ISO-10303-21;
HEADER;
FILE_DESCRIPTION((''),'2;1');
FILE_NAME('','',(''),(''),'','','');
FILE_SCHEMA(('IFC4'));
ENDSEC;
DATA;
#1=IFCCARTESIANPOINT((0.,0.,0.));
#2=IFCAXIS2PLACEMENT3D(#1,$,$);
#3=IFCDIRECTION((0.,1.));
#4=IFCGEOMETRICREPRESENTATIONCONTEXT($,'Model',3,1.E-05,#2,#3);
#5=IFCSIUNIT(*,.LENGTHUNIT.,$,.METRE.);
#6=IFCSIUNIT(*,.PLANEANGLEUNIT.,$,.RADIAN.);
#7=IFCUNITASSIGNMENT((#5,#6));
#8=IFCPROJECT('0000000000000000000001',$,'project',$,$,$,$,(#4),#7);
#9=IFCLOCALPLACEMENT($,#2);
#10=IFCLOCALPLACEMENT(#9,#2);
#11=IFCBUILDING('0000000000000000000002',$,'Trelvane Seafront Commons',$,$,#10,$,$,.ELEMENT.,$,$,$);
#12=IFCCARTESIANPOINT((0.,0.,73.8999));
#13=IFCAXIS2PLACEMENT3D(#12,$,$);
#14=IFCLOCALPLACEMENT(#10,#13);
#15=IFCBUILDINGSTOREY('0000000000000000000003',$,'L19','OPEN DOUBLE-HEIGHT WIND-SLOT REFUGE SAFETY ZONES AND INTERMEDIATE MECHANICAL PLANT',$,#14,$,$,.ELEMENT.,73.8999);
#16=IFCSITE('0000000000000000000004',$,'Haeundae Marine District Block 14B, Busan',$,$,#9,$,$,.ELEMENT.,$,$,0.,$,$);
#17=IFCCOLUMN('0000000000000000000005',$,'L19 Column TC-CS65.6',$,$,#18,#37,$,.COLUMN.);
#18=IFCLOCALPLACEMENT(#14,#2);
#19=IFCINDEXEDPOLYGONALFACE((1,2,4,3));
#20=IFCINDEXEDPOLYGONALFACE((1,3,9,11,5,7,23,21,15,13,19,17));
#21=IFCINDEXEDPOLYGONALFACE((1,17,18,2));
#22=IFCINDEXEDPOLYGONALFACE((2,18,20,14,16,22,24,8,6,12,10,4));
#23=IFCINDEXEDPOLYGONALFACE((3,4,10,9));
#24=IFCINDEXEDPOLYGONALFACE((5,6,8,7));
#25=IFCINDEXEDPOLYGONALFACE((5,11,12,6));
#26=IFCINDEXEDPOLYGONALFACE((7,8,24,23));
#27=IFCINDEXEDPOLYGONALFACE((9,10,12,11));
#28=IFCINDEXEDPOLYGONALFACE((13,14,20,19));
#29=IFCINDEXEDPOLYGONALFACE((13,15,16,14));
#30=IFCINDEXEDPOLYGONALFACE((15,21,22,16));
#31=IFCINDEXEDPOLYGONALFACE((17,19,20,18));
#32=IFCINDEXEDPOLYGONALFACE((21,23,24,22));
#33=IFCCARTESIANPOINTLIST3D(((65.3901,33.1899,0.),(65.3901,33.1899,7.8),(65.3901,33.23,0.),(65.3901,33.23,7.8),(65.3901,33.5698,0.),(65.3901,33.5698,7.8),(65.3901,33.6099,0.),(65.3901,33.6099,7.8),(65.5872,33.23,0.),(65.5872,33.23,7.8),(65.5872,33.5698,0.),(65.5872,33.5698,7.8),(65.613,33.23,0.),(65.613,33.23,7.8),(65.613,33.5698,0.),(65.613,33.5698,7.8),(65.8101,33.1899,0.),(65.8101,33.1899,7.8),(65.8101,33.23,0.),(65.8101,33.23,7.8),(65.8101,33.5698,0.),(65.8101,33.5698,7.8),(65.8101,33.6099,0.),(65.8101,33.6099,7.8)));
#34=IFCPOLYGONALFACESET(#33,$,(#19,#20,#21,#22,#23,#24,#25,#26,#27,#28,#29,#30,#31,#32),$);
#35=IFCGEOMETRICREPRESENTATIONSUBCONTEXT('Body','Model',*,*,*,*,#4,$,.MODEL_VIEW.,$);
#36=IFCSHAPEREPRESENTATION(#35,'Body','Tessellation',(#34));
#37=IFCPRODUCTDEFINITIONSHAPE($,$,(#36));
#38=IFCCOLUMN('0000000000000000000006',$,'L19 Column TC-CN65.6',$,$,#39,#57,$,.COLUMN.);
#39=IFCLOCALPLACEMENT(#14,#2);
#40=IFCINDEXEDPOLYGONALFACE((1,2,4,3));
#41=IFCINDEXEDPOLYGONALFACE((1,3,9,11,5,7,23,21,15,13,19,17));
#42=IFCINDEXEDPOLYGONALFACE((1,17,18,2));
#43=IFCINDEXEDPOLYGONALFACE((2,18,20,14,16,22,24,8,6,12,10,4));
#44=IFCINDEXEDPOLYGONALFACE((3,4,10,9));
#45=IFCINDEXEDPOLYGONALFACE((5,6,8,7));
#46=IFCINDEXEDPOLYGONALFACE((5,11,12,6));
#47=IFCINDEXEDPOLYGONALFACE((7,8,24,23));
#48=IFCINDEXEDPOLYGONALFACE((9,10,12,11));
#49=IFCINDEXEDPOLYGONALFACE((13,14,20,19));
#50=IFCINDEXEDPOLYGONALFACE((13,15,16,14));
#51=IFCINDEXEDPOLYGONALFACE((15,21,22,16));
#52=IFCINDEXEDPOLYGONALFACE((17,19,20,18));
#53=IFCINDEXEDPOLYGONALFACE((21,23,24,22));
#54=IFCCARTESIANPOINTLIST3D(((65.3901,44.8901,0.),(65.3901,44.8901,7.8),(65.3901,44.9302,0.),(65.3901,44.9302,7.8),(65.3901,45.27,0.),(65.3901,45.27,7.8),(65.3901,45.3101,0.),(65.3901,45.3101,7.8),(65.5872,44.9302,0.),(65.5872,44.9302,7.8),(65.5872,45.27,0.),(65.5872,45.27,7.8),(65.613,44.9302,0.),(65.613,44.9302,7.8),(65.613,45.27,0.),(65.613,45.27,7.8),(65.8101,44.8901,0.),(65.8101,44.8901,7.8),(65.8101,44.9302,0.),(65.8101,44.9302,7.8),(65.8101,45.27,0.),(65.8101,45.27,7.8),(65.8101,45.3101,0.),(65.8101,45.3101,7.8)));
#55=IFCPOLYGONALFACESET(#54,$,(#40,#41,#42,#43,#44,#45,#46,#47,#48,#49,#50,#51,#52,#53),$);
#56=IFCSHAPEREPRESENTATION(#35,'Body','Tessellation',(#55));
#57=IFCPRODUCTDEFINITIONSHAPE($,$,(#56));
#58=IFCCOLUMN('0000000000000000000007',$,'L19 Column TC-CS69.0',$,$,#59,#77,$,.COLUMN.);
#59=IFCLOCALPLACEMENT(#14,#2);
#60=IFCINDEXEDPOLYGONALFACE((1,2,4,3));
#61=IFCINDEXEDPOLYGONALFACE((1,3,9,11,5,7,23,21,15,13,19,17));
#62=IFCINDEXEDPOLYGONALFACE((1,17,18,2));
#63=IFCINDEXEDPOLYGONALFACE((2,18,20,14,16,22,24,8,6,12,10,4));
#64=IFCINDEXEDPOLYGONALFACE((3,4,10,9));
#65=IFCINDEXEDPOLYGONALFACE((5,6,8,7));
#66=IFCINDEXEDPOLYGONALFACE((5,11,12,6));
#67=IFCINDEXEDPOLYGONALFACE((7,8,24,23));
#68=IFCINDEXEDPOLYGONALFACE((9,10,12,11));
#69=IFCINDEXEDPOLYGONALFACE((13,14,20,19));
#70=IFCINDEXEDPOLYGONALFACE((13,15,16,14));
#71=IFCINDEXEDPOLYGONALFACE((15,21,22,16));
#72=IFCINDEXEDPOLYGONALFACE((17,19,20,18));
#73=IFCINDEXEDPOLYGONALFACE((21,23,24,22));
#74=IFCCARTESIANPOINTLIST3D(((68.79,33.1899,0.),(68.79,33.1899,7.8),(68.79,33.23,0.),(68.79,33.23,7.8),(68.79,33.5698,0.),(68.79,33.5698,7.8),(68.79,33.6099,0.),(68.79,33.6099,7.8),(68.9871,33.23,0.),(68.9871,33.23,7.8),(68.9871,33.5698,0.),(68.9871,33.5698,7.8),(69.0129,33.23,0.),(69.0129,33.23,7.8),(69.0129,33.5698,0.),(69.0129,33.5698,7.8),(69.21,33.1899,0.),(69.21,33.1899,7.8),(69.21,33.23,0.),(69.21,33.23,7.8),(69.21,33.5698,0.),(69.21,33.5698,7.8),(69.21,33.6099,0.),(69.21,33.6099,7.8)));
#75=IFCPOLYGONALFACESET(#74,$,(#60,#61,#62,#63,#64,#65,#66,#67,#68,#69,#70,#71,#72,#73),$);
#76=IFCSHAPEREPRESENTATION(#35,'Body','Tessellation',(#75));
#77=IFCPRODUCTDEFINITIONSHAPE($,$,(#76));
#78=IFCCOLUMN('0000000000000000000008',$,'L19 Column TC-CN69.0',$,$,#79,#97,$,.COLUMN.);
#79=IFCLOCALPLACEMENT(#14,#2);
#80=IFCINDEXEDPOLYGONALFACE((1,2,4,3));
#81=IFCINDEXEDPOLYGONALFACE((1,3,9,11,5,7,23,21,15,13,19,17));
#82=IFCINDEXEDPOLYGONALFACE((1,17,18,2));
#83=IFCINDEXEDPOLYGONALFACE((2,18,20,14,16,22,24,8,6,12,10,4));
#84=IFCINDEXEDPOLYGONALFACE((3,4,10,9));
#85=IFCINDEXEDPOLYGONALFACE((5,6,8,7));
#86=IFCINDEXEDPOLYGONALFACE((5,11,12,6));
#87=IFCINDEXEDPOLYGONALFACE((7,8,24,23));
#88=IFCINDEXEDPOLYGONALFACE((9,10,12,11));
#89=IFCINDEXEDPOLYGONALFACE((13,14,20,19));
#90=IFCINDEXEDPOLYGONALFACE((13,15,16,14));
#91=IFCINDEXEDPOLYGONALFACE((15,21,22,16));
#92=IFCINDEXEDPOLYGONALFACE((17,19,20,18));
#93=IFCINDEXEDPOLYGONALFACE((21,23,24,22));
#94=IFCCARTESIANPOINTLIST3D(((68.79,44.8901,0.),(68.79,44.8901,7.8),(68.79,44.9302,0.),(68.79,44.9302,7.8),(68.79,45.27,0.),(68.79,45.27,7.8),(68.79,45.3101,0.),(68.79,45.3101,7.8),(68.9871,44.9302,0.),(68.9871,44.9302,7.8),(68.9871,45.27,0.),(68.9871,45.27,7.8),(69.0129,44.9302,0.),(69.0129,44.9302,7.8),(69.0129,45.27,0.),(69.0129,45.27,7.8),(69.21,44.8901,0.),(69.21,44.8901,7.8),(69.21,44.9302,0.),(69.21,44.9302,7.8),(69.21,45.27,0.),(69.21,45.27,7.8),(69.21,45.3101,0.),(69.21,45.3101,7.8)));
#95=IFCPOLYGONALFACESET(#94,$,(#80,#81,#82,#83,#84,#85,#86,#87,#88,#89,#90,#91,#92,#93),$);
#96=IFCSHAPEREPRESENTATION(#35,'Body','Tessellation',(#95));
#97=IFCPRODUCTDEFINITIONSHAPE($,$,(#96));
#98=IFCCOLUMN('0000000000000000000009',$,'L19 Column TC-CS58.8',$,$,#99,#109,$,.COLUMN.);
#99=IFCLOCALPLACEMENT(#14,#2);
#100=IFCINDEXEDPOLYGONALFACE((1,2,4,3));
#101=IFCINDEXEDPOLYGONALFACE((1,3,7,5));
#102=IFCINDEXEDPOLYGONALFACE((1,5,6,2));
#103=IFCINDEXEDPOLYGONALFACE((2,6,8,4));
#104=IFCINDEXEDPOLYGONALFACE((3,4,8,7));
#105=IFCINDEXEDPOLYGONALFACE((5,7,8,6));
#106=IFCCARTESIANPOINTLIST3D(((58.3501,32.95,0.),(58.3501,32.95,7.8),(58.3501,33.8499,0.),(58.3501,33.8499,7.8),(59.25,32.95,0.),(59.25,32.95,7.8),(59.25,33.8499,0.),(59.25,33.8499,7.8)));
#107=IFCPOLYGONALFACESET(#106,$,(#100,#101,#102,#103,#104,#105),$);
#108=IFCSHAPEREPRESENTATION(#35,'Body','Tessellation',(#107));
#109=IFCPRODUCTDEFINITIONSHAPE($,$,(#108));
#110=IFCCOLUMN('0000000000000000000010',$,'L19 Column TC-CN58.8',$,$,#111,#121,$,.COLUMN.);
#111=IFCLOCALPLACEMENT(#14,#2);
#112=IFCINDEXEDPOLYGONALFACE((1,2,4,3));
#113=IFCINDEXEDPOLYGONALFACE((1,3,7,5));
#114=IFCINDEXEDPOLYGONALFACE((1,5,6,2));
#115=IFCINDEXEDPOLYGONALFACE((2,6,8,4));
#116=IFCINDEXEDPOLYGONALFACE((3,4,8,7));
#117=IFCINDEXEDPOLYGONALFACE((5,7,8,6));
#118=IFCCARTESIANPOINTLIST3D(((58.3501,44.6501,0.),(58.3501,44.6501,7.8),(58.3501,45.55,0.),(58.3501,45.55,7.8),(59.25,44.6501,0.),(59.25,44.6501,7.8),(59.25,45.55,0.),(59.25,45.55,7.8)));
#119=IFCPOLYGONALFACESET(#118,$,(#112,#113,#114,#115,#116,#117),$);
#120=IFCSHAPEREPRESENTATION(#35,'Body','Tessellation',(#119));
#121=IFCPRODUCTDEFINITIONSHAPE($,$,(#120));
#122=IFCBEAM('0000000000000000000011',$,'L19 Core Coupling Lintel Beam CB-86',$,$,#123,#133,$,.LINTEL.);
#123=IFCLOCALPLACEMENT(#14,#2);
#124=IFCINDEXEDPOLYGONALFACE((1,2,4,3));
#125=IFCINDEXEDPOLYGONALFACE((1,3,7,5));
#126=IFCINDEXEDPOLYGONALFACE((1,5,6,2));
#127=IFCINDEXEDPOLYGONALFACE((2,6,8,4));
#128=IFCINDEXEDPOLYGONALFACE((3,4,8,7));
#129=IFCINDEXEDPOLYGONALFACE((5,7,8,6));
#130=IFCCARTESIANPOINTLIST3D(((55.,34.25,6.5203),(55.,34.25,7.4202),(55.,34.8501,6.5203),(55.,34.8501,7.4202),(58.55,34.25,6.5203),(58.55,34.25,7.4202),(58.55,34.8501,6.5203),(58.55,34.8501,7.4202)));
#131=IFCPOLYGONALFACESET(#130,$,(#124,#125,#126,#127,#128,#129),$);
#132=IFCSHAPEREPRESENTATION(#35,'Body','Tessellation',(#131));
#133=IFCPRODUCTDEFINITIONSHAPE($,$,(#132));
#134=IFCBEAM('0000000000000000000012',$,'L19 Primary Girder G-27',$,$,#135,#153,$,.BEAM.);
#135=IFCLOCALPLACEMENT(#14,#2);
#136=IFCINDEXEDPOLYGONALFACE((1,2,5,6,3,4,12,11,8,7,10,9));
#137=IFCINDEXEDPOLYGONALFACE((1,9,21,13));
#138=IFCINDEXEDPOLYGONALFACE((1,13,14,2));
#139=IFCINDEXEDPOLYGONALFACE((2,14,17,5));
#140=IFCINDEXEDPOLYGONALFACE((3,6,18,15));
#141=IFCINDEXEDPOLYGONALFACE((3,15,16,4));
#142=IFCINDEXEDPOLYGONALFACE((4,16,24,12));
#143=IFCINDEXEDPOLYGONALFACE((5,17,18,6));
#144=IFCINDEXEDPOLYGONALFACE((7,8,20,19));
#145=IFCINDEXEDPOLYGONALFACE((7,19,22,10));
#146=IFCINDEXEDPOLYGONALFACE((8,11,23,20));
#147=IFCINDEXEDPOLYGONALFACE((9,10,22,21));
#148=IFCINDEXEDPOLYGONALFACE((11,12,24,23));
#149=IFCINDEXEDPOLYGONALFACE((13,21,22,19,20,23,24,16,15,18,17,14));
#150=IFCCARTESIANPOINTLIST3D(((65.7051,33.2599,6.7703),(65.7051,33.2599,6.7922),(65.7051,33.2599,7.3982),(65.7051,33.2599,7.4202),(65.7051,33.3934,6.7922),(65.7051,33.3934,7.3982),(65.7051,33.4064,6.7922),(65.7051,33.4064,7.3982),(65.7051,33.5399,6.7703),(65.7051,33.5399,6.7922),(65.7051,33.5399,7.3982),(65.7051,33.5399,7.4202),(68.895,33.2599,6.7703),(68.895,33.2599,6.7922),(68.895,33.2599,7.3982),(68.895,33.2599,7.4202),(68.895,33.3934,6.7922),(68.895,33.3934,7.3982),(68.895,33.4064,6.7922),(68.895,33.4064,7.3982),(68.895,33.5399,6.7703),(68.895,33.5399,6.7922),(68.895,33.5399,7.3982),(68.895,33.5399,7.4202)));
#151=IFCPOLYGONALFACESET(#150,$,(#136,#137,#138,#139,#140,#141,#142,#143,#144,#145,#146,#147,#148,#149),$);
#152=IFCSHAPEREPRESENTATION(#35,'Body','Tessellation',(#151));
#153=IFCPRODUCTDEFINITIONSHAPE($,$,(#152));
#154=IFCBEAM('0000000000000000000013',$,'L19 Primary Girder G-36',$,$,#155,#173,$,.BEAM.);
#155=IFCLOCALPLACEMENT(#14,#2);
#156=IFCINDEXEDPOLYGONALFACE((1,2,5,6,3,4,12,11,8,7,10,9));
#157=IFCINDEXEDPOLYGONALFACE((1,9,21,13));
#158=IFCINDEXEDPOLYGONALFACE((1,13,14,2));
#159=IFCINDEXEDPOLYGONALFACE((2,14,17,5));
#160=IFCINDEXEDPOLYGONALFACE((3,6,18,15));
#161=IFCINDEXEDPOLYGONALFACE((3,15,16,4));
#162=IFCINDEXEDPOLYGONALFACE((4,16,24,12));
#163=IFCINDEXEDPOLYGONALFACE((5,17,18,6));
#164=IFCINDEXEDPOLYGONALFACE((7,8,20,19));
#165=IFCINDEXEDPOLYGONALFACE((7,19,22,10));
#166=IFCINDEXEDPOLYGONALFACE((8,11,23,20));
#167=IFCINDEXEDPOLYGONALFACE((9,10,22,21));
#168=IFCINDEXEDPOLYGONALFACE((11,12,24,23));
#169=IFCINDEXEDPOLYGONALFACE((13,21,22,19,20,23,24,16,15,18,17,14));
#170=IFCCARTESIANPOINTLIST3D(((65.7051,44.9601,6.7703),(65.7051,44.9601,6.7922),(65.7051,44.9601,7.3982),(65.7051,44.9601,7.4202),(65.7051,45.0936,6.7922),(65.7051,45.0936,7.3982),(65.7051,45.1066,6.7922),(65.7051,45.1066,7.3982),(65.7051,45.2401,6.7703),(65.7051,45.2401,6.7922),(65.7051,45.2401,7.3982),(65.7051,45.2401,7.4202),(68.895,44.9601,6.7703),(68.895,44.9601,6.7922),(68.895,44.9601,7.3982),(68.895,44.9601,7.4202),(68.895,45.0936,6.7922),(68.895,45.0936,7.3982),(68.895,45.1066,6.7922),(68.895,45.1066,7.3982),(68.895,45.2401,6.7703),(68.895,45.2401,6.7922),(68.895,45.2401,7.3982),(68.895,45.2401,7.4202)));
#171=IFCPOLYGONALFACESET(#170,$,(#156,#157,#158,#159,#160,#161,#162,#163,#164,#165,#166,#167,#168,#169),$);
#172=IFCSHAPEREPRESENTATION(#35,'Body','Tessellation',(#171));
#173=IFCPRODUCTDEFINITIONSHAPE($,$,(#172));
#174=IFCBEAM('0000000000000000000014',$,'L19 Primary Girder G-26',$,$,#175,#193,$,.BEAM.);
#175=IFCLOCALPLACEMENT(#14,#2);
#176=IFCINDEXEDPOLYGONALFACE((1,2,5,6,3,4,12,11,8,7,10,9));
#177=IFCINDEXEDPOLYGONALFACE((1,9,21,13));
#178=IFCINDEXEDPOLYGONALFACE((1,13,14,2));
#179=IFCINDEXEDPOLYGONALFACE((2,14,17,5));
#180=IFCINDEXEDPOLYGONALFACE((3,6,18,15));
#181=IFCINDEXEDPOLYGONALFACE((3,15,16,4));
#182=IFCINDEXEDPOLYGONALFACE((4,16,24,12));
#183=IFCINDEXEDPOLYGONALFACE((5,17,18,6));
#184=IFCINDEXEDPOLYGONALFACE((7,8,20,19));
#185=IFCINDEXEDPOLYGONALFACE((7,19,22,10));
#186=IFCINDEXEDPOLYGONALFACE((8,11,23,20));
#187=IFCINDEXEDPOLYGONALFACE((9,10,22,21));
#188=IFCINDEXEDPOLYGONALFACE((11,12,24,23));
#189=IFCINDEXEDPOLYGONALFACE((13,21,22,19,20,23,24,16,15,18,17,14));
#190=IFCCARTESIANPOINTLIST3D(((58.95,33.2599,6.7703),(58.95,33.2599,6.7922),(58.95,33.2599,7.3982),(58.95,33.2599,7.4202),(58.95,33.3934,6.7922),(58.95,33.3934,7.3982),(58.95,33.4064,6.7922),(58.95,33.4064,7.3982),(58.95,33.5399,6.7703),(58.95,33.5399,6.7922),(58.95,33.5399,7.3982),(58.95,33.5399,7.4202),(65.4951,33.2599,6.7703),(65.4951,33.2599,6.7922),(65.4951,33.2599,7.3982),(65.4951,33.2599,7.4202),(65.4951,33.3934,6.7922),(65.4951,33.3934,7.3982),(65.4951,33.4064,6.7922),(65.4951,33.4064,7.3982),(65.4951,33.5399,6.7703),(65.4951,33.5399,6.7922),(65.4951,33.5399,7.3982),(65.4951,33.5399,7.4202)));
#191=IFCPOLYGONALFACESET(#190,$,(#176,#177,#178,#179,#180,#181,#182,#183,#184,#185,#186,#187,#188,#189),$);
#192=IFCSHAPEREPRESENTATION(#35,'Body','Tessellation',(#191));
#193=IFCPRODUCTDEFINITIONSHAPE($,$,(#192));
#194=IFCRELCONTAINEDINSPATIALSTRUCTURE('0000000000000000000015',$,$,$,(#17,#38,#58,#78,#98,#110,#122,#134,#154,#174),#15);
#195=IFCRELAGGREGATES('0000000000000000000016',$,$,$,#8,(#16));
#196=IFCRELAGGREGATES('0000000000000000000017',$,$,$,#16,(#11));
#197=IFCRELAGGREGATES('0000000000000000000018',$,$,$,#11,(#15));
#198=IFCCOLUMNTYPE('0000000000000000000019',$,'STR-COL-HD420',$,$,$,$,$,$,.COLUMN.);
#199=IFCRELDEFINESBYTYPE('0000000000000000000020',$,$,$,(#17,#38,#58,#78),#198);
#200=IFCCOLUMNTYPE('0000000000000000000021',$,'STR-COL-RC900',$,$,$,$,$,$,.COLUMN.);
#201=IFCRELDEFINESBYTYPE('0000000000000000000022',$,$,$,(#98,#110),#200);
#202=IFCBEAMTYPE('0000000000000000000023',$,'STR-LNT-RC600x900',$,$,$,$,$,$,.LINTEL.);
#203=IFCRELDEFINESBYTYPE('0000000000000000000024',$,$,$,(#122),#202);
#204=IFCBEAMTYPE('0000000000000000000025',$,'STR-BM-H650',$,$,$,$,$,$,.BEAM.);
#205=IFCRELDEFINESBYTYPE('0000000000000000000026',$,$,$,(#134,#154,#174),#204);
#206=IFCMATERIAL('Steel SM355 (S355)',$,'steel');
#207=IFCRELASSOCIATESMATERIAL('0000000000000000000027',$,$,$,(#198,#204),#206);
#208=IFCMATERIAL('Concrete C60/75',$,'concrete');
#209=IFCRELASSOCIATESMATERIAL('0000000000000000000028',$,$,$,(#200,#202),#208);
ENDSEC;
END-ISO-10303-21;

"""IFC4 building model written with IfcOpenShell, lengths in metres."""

from ifc_helpers import new_model, si_unit, direction, frame, origin, origin_2d, place, context, subcontext, project, spatial, rectangle, i_section, extrude, source, transform, mapped, material, material_profile, profile_set, type_object, element, save


model = new_model("IFC4")

# Units and contexts
model_context = context("Model", 3, precision=1e-05, world=origin(), true_north=direction((0.0, 1.0)))
body_context = subcontext(model_context, "Body", "Model", "MODEL_VIEW")
ifc_project = project(units=[si_unit("LENGTHUNIT", "METRE"), si_unit("PLANEANGLEUNIT", "RADIAN")], contexts=[model_context])

# Site, building, storey
site_placement = place(None, origin())
site = spatial("IfcSite", under=ifc_project, at=site_placement, Name="Haeundae Marine District Block 14B, Busan", CompositionType="ELEMENT", RefElevation=0.0)
building_placement = place(site_placement, origin())
building = spatial("IfcBuilding", under=site, at=building_placement, Name="Trelvane Seafront Commons", CompositionType="ELEMENT")
storey_placement = place(building_placement, frame((0.0, 0.0, 73.8999)))
storey = spatial("IfcBuildingStorey", under=building, at=storey_placement, Name="L19", Description="OPEN DOUBLE-HEIGHT WIND-SLOT REFUGE SAFETY ZONES AND INTERMEDIATE MECHANICAL PLANT", CompositionType="ELEMENT", Elevation=73.8999)

# Columns
ifc_material_1 = material(Name="Steel SM355 (S355)", Category="steel")
ifc_material_profile_1 = material_profile(ifc_material_1, i_section(OverallWidth=0.4199, OverallDepth=0.4199, WebThickness=0.0259, FlangeThickness=0.04, at=origin_2d()), Name="HD-420x420x26x40")
ifc_profile_set_1 = profile_set([ifc_material_profile_1], Name="Steel SM355 (S355)")
column_type_1 = type_object("IfcColumnType", Name="STR-COL-HD420", PredefinedType="COLUMN", material=ifc_profile_set_1)
shared_shape_1 = source(origin(), body_context, "Body", "SweptSolid", [
    extrude(i_section(OverallWidth=0.4199, OverallDepth=0.4199, WebThickness=0.0259, FlangeThickness=0.04, at=origin_2d()), origin(), (0.0, 0.0, 1.0), 7.8),
])
for number, where, z_axis, x_axis, name in (
    (1, (65.6001, 33.3999, 0.0), (0.0, 0.0, 1.0), (1.0, 0.0, 0.0), "L19 Column TC-CS65.6"),
    (2, (65.6001, 45.1001, 0.0), (0.0, 0.0, 1.0), (1.0, 0.0, 0.0), "L19 Column TC-CN65.6"),
    (3, (69.0, 33.3999, 0.0), (0.0, 0.0, 1.0), (1.0, 0.0, 0.0), "L19 Column TC-CS69.0"),
    (4, (69.0, 45.1001, 0.0), (0.0, 0.0, 1.0), (1.0, 0.0, 0.0), "L19 Column TC-CN69.0"),
):
    element("IfcColumn", number, at=place(storey_placement, frame(where, z_axis=z_axis, x_axis=x_axis)), inside=storey, type_object=column_type_1, Name=name, PredefinedType="COLUMN", context=body_context, shape_type="MappedRepresentation", body=[
        mapped(shared_shape_1, transform((0.0, 0.0, 0.0), x_axis=(1.0, 0.0, 0.0), y_axis=(0.0, 1.0, 0.0), z_axis=(0.0, 0.0, 1.0), scale=1.0)),
    ])
ifc_material_2 = material(Name="Concrete C60/75", Category="concrete")
ifc_material_profile_2 = material_profile(ifc_material_2, rectangle(XDim=0.8999, YDim=0.8999, at=origin_2d()), Name="RC-900x900")
ifc_profile_set_2 = profile_set([ifc_material_profile_2], Name="Concrete C60/75")
column_type_2 = type_object("IfcColumnType", Name="STR-COL-RC900", PredefinedType="COLUMN", material=ifc_profile_set_2)
shared_shape_2 = source(origin(), body_context, "Body", "SweptSolid", [
    extrude(rectangle(XDim=0.8999, YDim=0.8999, at=origin_2d()), origin(), (0.0, 0.0, 1.0), 7.8),
])
for number, where, z_axis, x_axis, name in (
    (5, (58.8, 33.3999, 0.0), (0.0, 0.0, 1.0), (1.0, 0.0, 0.0), "L19 Column TC-CS58.8"),
    (6, (58.8, 45.1001, 0.0), (0.0, 0.0, 1.0), (1.0, 0.0, 0.0), "L19 Column TC-CN58.8"),
):
    element("IfcColumn", number, at=place(storey_placement, frame(where, z_axis=z_axis, x_axis=x_axis)), inside=storey, type_object=column_type_2, Name=name, PredefinedType="COLUMN", context=body_context, shape_type="MappedRepresentation", body=[
        mapped(shared_shape_2, transform((0.0, 0.0, 0.0), x_axis=(1.0, 0.0, 0.0), y_axis=(0.0, 1.0, 0.0), z_axis=(0.0, 0.0, 1.0), scale=1.0)),
    ])

# Beams
ifc_material_profile_3 = material_profile(ifc_material_2, rectangle(XDim=0.6001, YDim=0.8999, at=origin_2d()), Name="RC-600x900")
ifc_profile_set_3 = profile_set([ifc_material_profile_3], Name="Concrete C60/75")
beam_type_1 = type_object("IfcBeamType", Name="STR-LNT-RC600x900", PredefinedType="LINTEL", material=ifc_profile_set_3)
shared_shape_3 = source(origin(), body_context, "Body", "SweptSolid", [
    extrude(rectangle(XDim=0.6001, YDim=0.8999, at=origin_2d()), origin(), (0.0, 0.0, 1.0), 3.55),
])
beam_1_placement = place(storey_placement, frame((55.0, 34.55, 6.9702), z_axis=(1.0, 0.0, 0.0), x_axis=(0.0, 1.0, 0.0)))
element("IfcBeam", 7, at=beam_1_placement, inside=storey, type_object=beam_type_1, Name="L19 Core Coupling Lintel Beam CB-86", PredefinedType="LINTEL", context=body_context, shape_type="MappedRepresentation", body=[
    mapped(shared_shape_3, transform((0.0, 0.0, 0.0), x_axis=(1.0, 0.0, 0.0), y_axis=(0.0, 1.0, 0.0), z_axis=(0.0, 0.0, 1.0), scale=1.0)),
])
ifc_material_profile_4 = material_profile(ifc_material_1, i_section(OverallWidth=0.28, OverallDepth=0.6499, WebThickness=0.0129, FlangeThickness=0.022, at=origin_2d()), Name="H-650x280x13x22")
ifc_profile_set_4 = profile_set([ifc_material_profile_4], Name="Steel SM355 (S355)")
beam_type_2 = type_object("IfcBeamType", Name="STR-BM-H650", PredefinedType="BEAM", material=ifc_profile_set_4)
shared_shape_4 = source(origin(), body_context, "Body", "SweptSolid", [
    extrude(i_section(OverallWidth=0.28, OverallDepth=0.6499, WebThickness=0.0129, FlangeThickness=0.022, at=origin_2d()), origin(), (0.0, 0.0, 1.0), 3.1899),
])
for number, where, z_axis, x_axis, name in (
    (8, (65.7051, 33.3999, 7.0952), (1.0, 0.0, 0.0), (0.0, 1.0, 0.0), "L19 Primary Girder G-27"),
    (9, (65.7051, 45.1001, 7.0952), (1.0, 0.0, 0.0), (0.0, 1.0, 0.0), "L19 Primary Girder G-36"),
):
    element("IfcBeam", number, at=place(storey_placement, frame(where, z_axis=z_axis, x_axis=x_axis)), inside=storey, type_object=beam_type_2, Name=name, PredefinedType="BEAM", context=body_context, shape_type="MappedRepresentation", body=[
        mapped(shared_shape_4, transform((0.0, 0.0, 0.0), x_axis=(1.0, 0.0, 0.0), y_axis=(0.0, 1.0, 0.0), z_axis=(0.0, 0.0, 1.0), scale=1.0)),
    ])
shared_shape_5 = source(origin(), body_context, "Body", "SweptSolid", [
    extrude(i_section(OverallWidth=0.28, OverallDepth=0.6499, WebThickness=0.0129, FlangeThickness=0.022, at=origin_2d()), origin(), (0.0, 0.0, 1.0), 6.5452),
])
for number, where, z_axis, x_axis, name in (
    (10, (58.95, 33.3999, 7.0952), (1.0, 0.0, 0.0), (0.0, 1.0, 0.0), "L19 Primary Girder G-26"),
):
    element("IfcBeam", number, at=place(storey_placement, frame(where, z_axis=z_axis, x_axis=x_axis)), inside=storey, type_object=beam_type_2, Name=name, PredefinedType="BEAM", context=body_context, shape_type="MappedRepresentation", body=[
        mapped(shared_shape_5, transform((0.0, 0.0, 0.0), x_axis=(1.0, 0.0, 0.0), y_axis=(0.0, 1.0, 0.0), z_axis=(0.0, 0.0, 1.0), scale=1.0)),
    ])

save(model, "model.ifc")
